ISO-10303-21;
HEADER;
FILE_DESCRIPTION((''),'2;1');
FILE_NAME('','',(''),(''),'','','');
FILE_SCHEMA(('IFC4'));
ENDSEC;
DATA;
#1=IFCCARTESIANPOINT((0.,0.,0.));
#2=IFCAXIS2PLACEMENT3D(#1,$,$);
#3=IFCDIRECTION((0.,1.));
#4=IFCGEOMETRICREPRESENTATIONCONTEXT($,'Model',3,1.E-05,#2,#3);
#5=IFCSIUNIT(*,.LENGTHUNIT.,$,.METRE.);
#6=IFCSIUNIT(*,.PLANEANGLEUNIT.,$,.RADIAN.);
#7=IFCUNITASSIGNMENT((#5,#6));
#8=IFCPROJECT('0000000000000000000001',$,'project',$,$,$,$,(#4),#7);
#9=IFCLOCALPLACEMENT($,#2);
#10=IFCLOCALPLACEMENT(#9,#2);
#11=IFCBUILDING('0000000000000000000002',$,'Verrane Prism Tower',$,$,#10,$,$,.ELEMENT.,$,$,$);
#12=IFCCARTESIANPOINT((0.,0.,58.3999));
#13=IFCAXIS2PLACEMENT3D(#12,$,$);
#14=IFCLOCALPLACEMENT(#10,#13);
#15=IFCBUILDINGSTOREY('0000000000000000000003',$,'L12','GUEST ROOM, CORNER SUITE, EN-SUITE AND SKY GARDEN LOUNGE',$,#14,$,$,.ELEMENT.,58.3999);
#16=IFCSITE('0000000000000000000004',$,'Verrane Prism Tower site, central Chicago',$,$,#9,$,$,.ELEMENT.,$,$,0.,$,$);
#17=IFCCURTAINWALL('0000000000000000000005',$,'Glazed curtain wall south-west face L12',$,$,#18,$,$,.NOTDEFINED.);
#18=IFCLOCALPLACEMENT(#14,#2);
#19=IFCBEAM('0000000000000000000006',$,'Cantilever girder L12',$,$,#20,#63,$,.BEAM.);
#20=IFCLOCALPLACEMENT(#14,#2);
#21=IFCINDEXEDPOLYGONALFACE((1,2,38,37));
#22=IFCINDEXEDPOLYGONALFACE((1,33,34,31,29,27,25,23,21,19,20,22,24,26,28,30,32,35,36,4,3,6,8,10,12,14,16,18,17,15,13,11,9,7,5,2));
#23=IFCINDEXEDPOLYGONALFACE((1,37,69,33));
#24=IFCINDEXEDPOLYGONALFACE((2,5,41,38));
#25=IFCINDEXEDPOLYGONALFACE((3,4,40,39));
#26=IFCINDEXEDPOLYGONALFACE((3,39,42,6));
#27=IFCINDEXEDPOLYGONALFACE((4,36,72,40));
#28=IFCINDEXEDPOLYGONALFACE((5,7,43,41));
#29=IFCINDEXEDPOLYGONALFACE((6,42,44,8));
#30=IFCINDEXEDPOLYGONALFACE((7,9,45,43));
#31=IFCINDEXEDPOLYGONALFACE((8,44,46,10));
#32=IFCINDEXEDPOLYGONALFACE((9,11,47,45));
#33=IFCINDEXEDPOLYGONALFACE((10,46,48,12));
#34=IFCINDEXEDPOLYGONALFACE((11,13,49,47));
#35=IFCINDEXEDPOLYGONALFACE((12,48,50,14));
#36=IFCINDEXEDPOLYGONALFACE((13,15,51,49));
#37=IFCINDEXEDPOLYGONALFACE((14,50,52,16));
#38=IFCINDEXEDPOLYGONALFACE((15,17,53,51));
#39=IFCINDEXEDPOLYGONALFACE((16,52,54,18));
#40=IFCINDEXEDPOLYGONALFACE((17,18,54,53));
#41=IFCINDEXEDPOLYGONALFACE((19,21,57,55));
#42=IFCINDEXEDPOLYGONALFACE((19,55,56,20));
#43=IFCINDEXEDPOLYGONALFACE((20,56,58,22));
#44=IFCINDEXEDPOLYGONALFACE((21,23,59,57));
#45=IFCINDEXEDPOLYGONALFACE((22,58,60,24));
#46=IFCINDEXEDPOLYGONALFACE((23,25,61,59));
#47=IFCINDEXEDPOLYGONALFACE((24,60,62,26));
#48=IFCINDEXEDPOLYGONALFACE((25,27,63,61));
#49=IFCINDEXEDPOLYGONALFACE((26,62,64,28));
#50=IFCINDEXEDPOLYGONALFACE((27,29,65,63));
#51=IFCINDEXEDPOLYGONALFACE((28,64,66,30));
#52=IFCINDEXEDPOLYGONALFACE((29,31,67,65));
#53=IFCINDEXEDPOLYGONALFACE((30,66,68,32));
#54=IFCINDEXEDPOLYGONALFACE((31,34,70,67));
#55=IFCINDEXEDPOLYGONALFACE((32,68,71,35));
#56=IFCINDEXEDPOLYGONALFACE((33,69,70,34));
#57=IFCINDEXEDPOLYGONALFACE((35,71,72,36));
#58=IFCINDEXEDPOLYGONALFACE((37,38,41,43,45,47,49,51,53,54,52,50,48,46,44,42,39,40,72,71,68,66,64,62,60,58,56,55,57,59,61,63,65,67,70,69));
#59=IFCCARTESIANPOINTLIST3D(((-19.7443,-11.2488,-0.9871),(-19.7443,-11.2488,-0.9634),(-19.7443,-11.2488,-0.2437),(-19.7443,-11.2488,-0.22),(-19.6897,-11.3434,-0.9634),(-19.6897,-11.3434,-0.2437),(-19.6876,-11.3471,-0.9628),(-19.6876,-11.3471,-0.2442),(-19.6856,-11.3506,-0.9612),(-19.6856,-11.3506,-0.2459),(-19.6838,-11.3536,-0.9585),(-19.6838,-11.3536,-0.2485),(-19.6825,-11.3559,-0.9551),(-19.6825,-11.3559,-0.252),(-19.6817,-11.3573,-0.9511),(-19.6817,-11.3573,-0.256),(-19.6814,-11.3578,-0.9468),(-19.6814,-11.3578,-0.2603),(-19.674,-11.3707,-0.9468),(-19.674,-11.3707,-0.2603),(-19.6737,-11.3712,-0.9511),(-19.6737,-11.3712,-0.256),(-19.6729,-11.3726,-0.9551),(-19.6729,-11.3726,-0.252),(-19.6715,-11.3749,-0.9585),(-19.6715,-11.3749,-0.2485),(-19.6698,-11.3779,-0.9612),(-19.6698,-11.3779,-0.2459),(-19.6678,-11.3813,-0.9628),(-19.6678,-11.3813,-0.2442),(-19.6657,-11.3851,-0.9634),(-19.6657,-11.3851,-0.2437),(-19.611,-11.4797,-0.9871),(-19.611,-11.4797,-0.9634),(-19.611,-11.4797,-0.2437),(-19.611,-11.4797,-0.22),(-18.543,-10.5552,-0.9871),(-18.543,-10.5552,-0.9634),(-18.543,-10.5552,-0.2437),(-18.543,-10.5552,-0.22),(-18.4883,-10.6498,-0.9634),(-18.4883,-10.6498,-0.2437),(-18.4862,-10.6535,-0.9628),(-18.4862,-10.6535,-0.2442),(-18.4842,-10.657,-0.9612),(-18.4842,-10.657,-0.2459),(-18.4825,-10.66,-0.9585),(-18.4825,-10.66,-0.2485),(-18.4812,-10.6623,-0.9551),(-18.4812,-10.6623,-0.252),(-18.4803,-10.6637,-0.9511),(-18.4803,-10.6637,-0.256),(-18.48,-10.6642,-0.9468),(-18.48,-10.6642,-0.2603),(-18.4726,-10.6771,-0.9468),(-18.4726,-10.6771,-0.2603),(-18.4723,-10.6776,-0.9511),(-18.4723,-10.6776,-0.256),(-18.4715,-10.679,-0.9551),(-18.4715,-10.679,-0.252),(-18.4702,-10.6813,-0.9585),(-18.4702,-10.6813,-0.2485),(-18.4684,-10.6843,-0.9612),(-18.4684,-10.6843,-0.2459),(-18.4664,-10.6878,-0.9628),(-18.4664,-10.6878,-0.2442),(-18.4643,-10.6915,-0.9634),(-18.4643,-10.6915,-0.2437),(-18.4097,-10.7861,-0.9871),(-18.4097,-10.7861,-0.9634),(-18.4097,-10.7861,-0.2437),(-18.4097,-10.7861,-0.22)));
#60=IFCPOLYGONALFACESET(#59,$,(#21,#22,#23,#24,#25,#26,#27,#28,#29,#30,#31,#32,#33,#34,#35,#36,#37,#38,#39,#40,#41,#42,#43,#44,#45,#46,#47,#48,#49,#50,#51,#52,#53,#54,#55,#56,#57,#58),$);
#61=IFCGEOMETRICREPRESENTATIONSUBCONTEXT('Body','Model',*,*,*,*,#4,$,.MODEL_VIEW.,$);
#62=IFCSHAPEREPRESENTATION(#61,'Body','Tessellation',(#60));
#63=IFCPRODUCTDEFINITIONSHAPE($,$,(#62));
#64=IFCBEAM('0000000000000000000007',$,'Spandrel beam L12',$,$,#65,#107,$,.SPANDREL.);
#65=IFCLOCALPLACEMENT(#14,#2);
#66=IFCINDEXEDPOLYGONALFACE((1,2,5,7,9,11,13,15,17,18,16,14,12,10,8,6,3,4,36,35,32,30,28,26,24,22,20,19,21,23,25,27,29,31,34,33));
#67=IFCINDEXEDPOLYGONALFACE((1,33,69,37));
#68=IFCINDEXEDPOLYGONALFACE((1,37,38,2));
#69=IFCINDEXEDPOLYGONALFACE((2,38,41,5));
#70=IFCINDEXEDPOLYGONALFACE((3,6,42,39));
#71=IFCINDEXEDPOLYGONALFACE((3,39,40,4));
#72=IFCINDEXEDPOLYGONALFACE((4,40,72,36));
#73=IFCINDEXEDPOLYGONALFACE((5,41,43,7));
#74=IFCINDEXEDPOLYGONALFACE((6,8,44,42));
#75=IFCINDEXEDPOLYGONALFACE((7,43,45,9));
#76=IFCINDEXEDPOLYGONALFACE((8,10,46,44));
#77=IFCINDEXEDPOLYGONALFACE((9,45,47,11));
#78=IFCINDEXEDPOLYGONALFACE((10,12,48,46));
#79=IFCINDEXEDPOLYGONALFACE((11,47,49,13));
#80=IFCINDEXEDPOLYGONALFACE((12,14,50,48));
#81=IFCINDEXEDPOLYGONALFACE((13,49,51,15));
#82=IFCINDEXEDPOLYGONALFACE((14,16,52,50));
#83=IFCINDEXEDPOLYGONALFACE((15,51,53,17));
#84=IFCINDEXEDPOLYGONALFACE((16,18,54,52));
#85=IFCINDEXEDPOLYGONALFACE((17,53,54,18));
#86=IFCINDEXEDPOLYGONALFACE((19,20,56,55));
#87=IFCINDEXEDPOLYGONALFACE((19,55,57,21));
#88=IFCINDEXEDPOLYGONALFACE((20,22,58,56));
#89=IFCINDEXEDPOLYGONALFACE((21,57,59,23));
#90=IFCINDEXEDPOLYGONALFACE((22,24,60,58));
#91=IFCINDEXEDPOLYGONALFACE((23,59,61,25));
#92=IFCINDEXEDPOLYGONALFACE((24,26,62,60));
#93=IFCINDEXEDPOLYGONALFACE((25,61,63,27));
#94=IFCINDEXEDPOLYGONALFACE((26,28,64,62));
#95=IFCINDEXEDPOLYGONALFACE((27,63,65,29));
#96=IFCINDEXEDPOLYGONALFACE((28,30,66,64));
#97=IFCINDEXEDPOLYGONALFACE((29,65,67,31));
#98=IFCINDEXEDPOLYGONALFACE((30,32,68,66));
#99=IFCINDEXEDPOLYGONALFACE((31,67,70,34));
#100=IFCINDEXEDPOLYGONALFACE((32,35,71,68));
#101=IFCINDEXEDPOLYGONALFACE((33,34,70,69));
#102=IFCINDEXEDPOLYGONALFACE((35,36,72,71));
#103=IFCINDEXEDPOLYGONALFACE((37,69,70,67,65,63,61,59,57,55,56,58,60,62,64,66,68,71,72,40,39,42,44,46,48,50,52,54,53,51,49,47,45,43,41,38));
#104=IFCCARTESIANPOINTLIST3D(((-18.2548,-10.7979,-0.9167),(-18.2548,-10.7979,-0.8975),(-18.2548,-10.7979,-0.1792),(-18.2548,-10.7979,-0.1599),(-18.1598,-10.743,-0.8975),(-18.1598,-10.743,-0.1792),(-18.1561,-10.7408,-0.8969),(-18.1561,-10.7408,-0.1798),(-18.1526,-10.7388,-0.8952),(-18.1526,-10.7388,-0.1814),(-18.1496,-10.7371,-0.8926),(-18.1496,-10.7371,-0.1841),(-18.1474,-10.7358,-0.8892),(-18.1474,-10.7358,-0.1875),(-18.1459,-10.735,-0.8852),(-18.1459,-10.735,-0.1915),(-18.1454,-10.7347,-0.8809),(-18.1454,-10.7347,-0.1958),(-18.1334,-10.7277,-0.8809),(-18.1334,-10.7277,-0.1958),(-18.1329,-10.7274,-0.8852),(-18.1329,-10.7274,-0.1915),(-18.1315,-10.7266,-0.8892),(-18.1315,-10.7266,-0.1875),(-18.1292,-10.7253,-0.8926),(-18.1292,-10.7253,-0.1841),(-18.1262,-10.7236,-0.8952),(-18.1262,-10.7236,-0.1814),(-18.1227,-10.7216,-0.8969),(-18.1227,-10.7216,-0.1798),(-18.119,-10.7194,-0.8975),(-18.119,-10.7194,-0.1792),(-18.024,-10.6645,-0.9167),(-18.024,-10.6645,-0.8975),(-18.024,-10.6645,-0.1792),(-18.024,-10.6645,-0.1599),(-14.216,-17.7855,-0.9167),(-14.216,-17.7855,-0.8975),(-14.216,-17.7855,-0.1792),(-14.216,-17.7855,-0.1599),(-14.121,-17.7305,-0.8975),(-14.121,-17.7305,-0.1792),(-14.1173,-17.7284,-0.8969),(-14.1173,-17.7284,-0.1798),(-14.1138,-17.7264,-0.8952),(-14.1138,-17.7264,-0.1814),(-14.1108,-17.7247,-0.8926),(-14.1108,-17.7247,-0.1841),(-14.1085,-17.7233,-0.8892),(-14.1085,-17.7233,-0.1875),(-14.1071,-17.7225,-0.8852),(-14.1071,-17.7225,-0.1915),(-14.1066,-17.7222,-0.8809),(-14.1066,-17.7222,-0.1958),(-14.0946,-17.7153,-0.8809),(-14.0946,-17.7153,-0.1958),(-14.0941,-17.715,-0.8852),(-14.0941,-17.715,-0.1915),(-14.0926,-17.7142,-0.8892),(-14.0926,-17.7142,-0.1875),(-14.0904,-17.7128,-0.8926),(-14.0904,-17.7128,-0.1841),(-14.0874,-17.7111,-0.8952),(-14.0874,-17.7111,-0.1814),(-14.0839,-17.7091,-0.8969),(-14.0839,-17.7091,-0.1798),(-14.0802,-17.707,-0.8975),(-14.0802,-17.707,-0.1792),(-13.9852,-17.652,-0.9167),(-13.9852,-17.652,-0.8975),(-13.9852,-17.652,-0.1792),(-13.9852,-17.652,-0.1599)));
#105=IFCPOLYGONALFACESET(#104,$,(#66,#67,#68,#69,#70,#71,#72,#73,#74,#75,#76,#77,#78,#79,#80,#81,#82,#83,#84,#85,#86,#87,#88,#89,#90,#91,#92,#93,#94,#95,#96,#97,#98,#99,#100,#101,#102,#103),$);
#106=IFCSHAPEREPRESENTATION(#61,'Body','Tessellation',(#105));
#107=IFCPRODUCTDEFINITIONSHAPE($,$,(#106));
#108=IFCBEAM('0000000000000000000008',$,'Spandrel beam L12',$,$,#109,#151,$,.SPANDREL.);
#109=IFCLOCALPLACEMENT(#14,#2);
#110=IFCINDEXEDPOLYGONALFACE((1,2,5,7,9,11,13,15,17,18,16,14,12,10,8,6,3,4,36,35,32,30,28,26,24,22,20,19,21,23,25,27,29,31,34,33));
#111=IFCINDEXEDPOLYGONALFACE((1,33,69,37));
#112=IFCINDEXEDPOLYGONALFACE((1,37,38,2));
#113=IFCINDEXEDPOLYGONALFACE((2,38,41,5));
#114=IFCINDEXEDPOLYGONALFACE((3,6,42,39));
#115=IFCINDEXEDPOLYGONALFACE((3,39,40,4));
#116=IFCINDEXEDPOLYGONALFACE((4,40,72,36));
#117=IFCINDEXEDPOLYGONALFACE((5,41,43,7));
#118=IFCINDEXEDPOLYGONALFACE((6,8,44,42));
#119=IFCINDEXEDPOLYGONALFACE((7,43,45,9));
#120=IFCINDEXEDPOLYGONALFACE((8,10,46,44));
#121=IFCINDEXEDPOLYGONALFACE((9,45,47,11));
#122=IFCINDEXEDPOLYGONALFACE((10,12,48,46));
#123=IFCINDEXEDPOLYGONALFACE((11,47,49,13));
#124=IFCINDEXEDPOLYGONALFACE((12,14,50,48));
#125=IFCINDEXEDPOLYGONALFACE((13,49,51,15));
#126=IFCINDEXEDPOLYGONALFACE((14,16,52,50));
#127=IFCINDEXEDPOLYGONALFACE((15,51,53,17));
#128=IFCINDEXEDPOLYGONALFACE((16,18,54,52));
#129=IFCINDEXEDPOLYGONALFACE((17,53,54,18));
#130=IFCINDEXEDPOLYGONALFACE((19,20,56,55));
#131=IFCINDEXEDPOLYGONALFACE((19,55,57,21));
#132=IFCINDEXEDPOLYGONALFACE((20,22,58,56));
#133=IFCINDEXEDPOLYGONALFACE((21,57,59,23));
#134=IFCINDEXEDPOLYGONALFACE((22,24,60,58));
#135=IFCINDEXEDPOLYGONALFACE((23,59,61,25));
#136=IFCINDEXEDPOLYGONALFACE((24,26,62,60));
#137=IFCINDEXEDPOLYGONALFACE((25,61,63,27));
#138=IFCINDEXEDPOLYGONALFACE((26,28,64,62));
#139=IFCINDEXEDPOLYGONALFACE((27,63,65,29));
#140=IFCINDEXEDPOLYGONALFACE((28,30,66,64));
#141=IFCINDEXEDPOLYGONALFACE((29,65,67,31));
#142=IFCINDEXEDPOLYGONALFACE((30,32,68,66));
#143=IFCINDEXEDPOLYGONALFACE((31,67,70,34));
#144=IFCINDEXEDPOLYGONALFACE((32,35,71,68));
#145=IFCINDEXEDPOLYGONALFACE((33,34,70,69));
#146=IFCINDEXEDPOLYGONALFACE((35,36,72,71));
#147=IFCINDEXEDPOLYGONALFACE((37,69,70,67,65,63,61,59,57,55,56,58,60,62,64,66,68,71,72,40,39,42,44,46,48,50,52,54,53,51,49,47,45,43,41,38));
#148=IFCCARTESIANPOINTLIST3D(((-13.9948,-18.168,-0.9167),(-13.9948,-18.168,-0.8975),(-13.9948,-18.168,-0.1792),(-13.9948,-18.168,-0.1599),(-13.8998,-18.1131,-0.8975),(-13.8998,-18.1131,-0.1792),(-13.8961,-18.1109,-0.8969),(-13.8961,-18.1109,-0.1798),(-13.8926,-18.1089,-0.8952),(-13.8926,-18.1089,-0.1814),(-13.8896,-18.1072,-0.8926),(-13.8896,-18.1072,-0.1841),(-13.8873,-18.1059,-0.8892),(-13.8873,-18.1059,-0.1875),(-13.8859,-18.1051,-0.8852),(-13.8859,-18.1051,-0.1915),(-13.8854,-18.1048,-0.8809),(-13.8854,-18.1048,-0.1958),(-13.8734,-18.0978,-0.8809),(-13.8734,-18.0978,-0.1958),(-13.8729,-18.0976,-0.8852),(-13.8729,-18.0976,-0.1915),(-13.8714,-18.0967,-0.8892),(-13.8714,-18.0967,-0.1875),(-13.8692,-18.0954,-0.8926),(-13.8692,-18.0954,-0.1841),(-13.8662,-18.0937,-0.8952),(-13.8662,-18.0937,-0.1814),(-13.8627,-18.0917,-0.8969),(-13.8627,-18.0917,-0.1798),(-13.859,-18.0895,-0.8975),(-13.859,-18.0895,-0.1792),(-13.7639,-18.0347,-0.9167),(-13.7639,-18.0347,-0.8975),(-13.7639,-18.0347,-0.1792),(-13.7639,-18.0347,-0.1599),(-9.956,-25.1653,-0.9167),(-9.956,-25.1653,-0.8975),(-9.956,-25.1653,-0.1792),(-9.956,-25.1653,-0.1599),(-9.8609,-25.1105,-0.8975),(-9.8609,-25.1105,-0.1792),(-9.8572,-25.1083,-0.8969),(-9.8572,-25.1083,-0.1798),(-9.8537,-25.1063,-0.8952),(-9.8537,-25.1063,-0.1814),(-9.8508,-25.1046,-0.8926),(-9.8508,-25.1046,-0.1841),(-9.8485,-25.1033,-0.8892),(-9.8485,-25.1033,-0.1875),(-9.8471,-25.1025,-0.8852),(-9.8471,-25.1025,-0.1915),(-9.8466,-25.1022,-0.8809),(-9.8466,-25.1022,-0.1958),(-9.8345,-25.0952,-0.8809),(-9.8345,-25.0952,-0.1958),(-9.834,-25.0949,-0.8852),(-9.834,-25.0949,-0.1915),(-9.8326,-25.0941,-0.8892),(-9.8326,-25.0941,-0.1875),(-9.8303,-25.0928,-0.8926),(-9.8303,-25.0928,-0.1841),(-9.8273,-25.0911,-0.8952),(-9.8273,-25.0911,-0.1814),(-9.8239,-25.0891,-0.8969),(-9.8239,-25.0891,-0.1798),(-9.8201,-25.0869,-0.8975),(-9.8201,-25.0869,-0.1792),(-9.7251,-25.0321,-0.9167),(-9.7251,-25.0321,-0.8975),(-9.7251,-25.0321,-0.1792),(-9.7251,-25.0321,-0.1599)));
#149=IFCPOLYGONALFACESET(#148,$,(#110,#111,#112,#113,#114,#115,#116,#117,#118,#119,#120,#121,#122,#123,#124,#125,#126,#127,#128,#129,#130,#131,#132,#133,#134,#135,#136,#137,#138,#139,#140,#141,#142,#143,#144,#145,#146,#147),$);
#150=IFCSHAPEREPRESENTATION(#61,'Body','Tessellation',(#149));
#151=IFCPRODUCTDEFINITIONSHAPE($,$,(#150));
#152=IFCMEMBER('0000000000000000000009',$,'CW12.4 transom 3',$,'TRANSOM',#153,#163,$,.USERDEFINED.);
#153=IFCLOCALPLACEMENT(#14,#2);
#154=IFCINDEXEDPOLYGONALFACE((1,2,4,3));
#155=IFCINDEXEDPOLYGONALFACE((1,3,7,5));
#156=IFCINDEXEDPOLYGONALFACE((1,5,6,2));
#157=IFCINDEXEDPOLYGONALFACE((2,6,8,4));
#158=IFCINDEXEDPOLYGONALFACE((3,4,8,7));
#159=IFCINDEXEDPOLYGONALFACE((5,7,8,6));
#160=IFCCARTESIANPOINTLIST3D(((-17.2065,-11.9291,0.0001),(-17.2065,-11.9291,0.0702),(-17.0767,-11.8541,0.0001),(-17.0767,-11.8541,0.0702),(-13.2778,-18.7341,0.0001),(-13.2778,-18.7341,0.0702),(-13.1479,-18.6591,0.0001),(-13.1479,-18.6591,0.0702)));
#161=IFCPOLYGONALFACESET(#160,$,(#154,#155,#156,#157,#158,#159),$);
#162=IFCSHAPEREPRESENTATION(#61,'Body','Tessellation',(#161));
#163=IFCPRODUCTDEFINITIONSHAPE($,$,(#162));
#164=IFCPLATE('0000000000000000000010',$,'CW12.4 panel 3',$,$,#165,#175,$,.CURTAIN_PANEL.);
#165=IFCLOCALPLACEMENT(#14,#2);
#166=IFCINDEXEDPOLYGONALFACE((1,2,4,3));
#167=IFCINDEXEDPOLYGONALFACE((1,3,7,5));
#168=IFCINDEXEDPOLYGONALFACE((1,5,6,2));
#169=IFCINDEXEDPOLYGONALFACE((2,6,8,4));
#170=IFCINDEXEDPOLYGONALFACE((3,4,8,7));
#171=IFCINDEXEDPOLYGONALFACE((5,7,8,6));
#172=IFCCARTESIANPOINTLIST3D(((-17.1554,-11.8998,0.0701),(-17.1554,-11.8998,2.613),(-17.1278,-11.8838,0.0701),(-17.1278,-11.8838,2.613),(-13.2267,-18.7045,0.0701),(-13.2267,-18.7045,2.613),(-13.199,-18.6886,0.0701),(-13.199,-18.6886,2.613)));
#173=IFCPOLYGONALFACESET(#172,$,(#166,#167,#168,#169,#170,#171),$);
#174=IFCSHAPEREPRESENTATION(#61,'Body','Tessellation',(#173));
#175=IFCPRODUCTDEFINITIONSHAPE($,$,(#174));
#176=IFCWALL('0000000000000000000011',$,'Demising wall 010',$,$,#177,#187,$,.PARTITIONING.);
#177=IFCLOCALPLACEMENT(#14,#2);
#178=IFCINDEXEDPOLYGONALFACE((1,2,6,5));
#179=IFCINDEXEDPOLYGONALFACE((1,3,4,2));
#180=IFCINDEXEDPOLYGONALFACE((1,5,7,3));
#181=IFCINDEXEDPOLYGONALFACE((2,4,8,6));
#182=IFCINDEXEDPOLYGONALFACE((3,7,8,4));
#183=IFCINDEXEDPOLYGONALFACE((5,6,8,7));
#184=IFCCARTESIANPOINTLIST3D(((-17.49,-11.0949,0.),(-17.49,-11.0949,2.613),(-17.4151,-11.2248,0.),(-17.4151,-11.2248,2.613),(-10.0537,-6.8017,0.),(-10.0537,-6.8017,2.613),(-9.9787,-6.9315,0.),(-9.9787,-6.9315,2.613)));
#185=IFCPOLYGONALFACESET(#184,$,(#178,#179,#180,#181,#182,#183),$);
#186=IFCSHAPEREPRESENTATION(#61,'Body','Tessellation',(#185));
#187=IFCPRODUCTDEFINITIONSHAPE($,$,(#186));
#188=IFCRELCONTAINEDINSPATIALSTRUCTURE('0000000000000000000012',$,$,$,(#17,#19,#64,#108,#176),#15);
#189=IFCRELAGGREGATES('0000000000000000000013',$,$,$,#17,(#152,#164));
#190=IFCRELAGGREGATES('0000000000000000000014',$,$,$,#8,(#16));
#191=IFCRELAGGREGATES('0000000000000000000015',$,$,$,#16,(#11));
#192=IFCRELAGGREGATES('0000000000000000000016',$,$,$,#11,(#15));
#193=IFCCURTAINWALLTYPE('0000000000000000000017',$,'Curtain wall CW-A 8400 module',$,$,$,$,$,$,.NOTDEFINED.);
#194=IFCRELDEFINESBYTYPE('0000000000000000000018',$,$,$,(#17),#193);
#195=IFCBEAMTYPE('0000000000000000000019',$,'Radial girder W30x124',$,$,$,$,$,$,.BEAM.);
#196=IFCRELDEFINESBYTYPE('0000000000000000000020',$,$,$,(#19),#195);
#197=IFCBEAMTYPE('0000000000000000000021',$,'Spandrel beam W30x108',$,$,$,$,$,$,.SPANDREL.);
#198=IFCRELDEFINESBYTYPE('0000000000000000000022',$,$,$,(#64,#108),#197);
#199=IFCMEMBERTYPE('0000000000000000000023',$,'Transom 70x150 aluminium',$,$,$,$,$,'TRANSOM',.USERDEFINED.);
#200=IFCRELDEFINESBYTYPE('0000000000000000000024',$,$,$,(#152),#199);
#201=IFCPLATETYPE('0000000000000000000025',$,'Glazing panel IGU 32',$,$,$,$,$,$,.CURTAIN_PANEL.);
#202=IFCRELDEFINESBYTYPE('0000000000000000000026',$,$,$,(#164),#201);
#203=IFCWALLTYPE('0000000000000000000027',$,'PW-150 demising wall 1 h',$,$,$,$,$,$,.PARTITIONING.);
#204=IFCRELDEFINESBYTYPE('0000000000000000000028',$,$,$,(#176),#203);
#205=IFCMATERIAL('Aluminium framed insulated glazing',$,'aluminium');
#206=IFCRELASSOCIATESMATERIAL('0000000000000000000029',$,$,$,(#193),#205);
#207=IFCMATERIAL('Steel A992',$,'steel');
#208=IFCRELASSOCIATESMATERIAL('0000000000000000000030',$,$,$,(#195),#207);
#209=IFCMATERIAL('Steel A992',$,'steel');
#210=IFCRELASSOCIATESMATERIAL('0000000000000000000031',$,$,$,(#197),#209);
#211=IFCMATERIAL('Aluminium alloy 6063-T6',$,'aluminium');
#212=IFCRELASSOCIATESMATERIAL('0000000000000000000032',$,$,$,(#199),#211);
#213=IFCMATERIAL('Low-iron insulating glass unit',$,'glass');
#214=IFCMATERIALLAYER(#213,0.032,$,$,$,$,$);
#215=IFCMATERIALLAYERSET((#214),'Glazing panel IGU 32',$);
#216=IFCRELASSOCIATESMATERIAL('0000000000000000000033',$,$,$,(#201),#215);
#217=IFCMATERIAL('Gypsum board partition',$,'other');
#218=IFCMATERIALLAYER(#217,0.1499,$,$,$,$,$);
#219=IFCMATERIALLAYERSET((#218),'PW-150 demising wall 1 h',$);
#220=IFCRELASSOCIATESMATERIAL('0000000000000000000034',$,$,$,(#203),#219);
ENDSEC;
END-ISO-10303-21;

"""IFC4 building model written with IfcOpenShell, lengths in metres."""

from ifc_helpers import new_model, si_unit, direction, frame, frame_2d, origin, origin_2d, place, context, subcontext, project, spatial, rectangle, i_section, extrude, material, layer, layer_set, material_profile, profile_set, type_object, element, aggregate, save


model = new_model("IFC4")

# Units and contexts
model_context = context("Model", 3, precision=1e-05, world=origin(), true_north=direction((0.0, 1.0)))
body_context = subcontext(model_context, "Body", "Model", "MODEL_VIEW")
ifc_project = project(units=[si_unit("LENGTHUNIT", "METRE"), si_unit("PLANEANGLEUNIT", "RADIAN")], contexts=[model_context])

# Site, building, storey
site_placement = place(None, origin())
site = spatial("IfcSite", under=ifc_project, at=site_placement, Name="Verrane Prism Tower site, central Chicago", CompositionType="ELEMENT", RefElevation=0.0)
building_placement = place(site_placement, origin())
building = spatial("IfcBuilding", under=site, at=building_placement, Name="Verrane Prism Tower", CompositionType="ELEMENT")
storey_placement = place(building_placement, frame((0.0, 0.0, 58.3999)))
storey = spatial("IfcBuildingStorey", under=building, at=storey_placement, Name="L12", Description="GUEST ROOM, CORNER SUITE, EN-SUITE AND SKY GARDEN LOUNGE", CompositionType="ELEMENT", Elevation=58.3999)

# Curtain wall
ifc_material_1 = material(Name="Aluminium framed insulated glazing", Category="aluminium")
curtain_wall_type = type_object("IfcCurtainWallType", Name="Curtain wall CW-A 8400 module", PredefinedType="NOTDEFINED", material=ifc_material_1)
curtain_wall_placement = place(storey_placement, origin())
curtain_wall = element("IfcCurtainWall", 1, at=curtain_wall_placement, inside=storey, type_object=curtain_wall_type, Name="Glazed curtain wall south-west face L12", PredefinedType="NOTDEFINED")

# Beams
ifc_material_2 = material(Name="Steel A992", Category="steel")
ifc_material_profile_1 = material_profile(ifc_material_2, i_section(OverallWidth=0.2666, OverallDepth=0.7671, WebThickness=0.0149, FlangeThickness=0.0237, FilletRadius=0.0166, at=origin_2d()), Name="W30x124")
ifc_profile_set_1 = profile_set([ifc_material_profile_1], Name="Steel A992")
beam_type_1 = type_object("IfcBeamType", Name="Radial girder W30x124", PredefinedType="BEAM", material=ifc_profile_set_1)
beam_1_placement = place(storey_placement, frame((-18.4763, -10.6707, -0.6035), z_axis=(-0.866036, -0.499981, 0.0), x_axis=(0.499981, -0.866036, 0.0)))
element("IfcBeam", 2, at=beam_1_placement, inside=storey, type_object=beam_type_1, Name="Cantilever girder L12", PredefinedType="BEAM", context=body_context, shape_type="SweptSolid", body=[
    extrude(i_section(OverallWidth=0.2666, OverallDepth=0.7671, WebThickness=0.0149, FlangeThickness=0.0237, FilletRadius=0.0166, at=origin_2d()), origin(), (0.0, 0.0, 1.0), 1.3872),
])
ifc_material_3 = material(Name="Steel A992", Category="steel")
ifc_material_profile_2 = material_profile(ifc_material_3, i_section(OverallWidth=0.2666, OverallDepth=0.7568, WebThickness=0.0139, FlangeThickness=0.0193, FilletRadius=0.0166, at=origin_2d()), Name="W30x108")
ifc_profile_set_2 = profile_set([ifc_material_profile_2], Name="Steel A992")
beam_type_2 = type_object("IfcBeamType", Name="Spandrel beam W30x108", PredefinedType="SPANDREL", material=ifc_profile_set_2)
beam_2_placement = place(storey_placement, frame((-18.1394, -10.7312, -0.5383), z_axis=(0.500423, -0.865781, 0.0), x_axis=(0.865781, 0.500423, 0.0)))
element("IfcBeam", 3, at=beam_2_placement, inside=storey, type_object=beam_type_2, Name="Spandrel beam L12", PredefinedType="SPANDREL", context=body_context, shape_type="SweptSolid", body=[
    extrude(i_section(OverallWidth=0.2666, OverallDepth=0.7568, WebThickness=0.0139, FlangeThickness=0.0193, FilletRadius=0.0166, at=origin_2d()), origin(), (0.0, 0.0, 1.0), 8.0708),
])
beam_3_placement = place(storey_placement, frame((-13.8794, -18.1013, -0.5383), z_axis=(0.499899, -0.866083, 0.0), x_axis=(0.866083, 0.499899, 0.0)))
element("IfcBeam", 4, at=beam_3_placement, inside=storey, type_object=beam_type_2, Name="Spandrel beam L12", PredefinedType="SPANDREL", context=body_context, shape_type="SweptSolid", body=[
    extrude(i_section(OverallWidth=0.2666, OverallDepth=0.7568, WebThickness=0.0139, FlangeThickness=0.0193, FilletRadius=0.0166, at=origin_2d()), origin(), (0.0, 0.0, 1.0), 8.0793),
])

# Member
ifc_material_4 = material(Name="Aluminium alloy 6063-T6", Category="aluminium")
ifc_material_profile_3 = material_profile(ifc_material_4, rectangle(XDim=0.1499, YDim=0.0701, at=origin_2d()), Name="Transom 70x150 aluminium")
ifc_profile_set_3 = profile_set([ifc_material_profile_3], Name="Aluminium alloy 6063-T6")
member_type_1 = type_object("IfcMemberType", Name="Transom 70x150 aluminium", ElementType="TRANSOM", PredefinedType="USERDEFINED", material=ifc_profile_set_3)
member_1_placement = place(storey_placement, frame((-17.1416, -11.8916, 0.0352), z_axis=(0.499989, -0.866032, 0.0), x_axis=(0.866032, 0.499989, 0.0)))
member_1 = element("IfcMember", 5, at=member_1_placement, type_object=member_type_1, Name="CW12.4 transom 3", ObjectType="TRANSOM", PredefinedType="USERDEFINED", context=body_context, shape_type="SweptSolid", body=[
    extrude(rectangle(XDim=0.1499, YDim=0.0701, at=origin_2d()), origin(), (0.0, 0.0, 1.0), 7.8577),
])

# Plate
ifc_material_5 = material(Name="Low-iron insulating glass unit", Category="glass")
ifc_layer_1 = layer(ifc_material_5, 0.032)
ifc_layer_set_1 = layer_set([ifc_layer_1], Name="Glazing panel IGU 32")
plate_type = type_object("IfcPlateType", Name="Glazing panel IGU 32", PredefinedType="CURTAIN_PANEL", material=ifc_layer_set_1)
plate_placement = place(storey_placement, frame((-15.1772, -15.2942, 0.0701), z_axis=(0.0, 0.0, 1.0), x_axis=(0.5, -0.866026, 0.0)))
plate = element("IfcPlate", 6, at=plate_placement, type_object=plate_type, Name="CW12.4 panel 3", PredefinedType="CURTAIN_PANEL", context=body_context, shape_type="SweptSolid", body=[
    extrude(rectangle(XDim=7.8574, YDim=0.032, at=origin_2d()), origin(), (0.0, 0.0, 1.0), 2.543),
])
aggregate(curtain_wall, [member_1, plate])

# Wall
ifc_material_6 = material(Name="Gypsum board partition", Category="other")
ifc_layer_2 = layer(ifc_material_6, 0.1499)
ifc_layer_set_2 = layer_set([ifc_layer_2], Name="PW-150 demising wall 1 h")
wall_type = type_object("IfcWallType", Name="PW-150 demising wall 1 h", PredefinedType="PARTITIONING", material=ifc_layer_set_2)
wall_1_placement = place(storey_placement, frame((-17.4526, -11.1599, 0.0), z_axis=(0.0, 0.0, 1.0), x_axis=(0.866032, 0.499989, 0.0)))
element("IfcWall", 7, at=wall_1_placement, inside=storey, type_object=wall_type, Name="Demising wall 010", PredefinedType="PARTITIONING", context=body_context, shape_type="SweptSolid", body=[
    extrude(rectangle(XDim=8.5867, YDim=0.1499, at=frame_2d((4.2935, 0.0))), origin(), (0.0, 0.0, 1.0), 2.613),
])

save(model, "model.ifc")
